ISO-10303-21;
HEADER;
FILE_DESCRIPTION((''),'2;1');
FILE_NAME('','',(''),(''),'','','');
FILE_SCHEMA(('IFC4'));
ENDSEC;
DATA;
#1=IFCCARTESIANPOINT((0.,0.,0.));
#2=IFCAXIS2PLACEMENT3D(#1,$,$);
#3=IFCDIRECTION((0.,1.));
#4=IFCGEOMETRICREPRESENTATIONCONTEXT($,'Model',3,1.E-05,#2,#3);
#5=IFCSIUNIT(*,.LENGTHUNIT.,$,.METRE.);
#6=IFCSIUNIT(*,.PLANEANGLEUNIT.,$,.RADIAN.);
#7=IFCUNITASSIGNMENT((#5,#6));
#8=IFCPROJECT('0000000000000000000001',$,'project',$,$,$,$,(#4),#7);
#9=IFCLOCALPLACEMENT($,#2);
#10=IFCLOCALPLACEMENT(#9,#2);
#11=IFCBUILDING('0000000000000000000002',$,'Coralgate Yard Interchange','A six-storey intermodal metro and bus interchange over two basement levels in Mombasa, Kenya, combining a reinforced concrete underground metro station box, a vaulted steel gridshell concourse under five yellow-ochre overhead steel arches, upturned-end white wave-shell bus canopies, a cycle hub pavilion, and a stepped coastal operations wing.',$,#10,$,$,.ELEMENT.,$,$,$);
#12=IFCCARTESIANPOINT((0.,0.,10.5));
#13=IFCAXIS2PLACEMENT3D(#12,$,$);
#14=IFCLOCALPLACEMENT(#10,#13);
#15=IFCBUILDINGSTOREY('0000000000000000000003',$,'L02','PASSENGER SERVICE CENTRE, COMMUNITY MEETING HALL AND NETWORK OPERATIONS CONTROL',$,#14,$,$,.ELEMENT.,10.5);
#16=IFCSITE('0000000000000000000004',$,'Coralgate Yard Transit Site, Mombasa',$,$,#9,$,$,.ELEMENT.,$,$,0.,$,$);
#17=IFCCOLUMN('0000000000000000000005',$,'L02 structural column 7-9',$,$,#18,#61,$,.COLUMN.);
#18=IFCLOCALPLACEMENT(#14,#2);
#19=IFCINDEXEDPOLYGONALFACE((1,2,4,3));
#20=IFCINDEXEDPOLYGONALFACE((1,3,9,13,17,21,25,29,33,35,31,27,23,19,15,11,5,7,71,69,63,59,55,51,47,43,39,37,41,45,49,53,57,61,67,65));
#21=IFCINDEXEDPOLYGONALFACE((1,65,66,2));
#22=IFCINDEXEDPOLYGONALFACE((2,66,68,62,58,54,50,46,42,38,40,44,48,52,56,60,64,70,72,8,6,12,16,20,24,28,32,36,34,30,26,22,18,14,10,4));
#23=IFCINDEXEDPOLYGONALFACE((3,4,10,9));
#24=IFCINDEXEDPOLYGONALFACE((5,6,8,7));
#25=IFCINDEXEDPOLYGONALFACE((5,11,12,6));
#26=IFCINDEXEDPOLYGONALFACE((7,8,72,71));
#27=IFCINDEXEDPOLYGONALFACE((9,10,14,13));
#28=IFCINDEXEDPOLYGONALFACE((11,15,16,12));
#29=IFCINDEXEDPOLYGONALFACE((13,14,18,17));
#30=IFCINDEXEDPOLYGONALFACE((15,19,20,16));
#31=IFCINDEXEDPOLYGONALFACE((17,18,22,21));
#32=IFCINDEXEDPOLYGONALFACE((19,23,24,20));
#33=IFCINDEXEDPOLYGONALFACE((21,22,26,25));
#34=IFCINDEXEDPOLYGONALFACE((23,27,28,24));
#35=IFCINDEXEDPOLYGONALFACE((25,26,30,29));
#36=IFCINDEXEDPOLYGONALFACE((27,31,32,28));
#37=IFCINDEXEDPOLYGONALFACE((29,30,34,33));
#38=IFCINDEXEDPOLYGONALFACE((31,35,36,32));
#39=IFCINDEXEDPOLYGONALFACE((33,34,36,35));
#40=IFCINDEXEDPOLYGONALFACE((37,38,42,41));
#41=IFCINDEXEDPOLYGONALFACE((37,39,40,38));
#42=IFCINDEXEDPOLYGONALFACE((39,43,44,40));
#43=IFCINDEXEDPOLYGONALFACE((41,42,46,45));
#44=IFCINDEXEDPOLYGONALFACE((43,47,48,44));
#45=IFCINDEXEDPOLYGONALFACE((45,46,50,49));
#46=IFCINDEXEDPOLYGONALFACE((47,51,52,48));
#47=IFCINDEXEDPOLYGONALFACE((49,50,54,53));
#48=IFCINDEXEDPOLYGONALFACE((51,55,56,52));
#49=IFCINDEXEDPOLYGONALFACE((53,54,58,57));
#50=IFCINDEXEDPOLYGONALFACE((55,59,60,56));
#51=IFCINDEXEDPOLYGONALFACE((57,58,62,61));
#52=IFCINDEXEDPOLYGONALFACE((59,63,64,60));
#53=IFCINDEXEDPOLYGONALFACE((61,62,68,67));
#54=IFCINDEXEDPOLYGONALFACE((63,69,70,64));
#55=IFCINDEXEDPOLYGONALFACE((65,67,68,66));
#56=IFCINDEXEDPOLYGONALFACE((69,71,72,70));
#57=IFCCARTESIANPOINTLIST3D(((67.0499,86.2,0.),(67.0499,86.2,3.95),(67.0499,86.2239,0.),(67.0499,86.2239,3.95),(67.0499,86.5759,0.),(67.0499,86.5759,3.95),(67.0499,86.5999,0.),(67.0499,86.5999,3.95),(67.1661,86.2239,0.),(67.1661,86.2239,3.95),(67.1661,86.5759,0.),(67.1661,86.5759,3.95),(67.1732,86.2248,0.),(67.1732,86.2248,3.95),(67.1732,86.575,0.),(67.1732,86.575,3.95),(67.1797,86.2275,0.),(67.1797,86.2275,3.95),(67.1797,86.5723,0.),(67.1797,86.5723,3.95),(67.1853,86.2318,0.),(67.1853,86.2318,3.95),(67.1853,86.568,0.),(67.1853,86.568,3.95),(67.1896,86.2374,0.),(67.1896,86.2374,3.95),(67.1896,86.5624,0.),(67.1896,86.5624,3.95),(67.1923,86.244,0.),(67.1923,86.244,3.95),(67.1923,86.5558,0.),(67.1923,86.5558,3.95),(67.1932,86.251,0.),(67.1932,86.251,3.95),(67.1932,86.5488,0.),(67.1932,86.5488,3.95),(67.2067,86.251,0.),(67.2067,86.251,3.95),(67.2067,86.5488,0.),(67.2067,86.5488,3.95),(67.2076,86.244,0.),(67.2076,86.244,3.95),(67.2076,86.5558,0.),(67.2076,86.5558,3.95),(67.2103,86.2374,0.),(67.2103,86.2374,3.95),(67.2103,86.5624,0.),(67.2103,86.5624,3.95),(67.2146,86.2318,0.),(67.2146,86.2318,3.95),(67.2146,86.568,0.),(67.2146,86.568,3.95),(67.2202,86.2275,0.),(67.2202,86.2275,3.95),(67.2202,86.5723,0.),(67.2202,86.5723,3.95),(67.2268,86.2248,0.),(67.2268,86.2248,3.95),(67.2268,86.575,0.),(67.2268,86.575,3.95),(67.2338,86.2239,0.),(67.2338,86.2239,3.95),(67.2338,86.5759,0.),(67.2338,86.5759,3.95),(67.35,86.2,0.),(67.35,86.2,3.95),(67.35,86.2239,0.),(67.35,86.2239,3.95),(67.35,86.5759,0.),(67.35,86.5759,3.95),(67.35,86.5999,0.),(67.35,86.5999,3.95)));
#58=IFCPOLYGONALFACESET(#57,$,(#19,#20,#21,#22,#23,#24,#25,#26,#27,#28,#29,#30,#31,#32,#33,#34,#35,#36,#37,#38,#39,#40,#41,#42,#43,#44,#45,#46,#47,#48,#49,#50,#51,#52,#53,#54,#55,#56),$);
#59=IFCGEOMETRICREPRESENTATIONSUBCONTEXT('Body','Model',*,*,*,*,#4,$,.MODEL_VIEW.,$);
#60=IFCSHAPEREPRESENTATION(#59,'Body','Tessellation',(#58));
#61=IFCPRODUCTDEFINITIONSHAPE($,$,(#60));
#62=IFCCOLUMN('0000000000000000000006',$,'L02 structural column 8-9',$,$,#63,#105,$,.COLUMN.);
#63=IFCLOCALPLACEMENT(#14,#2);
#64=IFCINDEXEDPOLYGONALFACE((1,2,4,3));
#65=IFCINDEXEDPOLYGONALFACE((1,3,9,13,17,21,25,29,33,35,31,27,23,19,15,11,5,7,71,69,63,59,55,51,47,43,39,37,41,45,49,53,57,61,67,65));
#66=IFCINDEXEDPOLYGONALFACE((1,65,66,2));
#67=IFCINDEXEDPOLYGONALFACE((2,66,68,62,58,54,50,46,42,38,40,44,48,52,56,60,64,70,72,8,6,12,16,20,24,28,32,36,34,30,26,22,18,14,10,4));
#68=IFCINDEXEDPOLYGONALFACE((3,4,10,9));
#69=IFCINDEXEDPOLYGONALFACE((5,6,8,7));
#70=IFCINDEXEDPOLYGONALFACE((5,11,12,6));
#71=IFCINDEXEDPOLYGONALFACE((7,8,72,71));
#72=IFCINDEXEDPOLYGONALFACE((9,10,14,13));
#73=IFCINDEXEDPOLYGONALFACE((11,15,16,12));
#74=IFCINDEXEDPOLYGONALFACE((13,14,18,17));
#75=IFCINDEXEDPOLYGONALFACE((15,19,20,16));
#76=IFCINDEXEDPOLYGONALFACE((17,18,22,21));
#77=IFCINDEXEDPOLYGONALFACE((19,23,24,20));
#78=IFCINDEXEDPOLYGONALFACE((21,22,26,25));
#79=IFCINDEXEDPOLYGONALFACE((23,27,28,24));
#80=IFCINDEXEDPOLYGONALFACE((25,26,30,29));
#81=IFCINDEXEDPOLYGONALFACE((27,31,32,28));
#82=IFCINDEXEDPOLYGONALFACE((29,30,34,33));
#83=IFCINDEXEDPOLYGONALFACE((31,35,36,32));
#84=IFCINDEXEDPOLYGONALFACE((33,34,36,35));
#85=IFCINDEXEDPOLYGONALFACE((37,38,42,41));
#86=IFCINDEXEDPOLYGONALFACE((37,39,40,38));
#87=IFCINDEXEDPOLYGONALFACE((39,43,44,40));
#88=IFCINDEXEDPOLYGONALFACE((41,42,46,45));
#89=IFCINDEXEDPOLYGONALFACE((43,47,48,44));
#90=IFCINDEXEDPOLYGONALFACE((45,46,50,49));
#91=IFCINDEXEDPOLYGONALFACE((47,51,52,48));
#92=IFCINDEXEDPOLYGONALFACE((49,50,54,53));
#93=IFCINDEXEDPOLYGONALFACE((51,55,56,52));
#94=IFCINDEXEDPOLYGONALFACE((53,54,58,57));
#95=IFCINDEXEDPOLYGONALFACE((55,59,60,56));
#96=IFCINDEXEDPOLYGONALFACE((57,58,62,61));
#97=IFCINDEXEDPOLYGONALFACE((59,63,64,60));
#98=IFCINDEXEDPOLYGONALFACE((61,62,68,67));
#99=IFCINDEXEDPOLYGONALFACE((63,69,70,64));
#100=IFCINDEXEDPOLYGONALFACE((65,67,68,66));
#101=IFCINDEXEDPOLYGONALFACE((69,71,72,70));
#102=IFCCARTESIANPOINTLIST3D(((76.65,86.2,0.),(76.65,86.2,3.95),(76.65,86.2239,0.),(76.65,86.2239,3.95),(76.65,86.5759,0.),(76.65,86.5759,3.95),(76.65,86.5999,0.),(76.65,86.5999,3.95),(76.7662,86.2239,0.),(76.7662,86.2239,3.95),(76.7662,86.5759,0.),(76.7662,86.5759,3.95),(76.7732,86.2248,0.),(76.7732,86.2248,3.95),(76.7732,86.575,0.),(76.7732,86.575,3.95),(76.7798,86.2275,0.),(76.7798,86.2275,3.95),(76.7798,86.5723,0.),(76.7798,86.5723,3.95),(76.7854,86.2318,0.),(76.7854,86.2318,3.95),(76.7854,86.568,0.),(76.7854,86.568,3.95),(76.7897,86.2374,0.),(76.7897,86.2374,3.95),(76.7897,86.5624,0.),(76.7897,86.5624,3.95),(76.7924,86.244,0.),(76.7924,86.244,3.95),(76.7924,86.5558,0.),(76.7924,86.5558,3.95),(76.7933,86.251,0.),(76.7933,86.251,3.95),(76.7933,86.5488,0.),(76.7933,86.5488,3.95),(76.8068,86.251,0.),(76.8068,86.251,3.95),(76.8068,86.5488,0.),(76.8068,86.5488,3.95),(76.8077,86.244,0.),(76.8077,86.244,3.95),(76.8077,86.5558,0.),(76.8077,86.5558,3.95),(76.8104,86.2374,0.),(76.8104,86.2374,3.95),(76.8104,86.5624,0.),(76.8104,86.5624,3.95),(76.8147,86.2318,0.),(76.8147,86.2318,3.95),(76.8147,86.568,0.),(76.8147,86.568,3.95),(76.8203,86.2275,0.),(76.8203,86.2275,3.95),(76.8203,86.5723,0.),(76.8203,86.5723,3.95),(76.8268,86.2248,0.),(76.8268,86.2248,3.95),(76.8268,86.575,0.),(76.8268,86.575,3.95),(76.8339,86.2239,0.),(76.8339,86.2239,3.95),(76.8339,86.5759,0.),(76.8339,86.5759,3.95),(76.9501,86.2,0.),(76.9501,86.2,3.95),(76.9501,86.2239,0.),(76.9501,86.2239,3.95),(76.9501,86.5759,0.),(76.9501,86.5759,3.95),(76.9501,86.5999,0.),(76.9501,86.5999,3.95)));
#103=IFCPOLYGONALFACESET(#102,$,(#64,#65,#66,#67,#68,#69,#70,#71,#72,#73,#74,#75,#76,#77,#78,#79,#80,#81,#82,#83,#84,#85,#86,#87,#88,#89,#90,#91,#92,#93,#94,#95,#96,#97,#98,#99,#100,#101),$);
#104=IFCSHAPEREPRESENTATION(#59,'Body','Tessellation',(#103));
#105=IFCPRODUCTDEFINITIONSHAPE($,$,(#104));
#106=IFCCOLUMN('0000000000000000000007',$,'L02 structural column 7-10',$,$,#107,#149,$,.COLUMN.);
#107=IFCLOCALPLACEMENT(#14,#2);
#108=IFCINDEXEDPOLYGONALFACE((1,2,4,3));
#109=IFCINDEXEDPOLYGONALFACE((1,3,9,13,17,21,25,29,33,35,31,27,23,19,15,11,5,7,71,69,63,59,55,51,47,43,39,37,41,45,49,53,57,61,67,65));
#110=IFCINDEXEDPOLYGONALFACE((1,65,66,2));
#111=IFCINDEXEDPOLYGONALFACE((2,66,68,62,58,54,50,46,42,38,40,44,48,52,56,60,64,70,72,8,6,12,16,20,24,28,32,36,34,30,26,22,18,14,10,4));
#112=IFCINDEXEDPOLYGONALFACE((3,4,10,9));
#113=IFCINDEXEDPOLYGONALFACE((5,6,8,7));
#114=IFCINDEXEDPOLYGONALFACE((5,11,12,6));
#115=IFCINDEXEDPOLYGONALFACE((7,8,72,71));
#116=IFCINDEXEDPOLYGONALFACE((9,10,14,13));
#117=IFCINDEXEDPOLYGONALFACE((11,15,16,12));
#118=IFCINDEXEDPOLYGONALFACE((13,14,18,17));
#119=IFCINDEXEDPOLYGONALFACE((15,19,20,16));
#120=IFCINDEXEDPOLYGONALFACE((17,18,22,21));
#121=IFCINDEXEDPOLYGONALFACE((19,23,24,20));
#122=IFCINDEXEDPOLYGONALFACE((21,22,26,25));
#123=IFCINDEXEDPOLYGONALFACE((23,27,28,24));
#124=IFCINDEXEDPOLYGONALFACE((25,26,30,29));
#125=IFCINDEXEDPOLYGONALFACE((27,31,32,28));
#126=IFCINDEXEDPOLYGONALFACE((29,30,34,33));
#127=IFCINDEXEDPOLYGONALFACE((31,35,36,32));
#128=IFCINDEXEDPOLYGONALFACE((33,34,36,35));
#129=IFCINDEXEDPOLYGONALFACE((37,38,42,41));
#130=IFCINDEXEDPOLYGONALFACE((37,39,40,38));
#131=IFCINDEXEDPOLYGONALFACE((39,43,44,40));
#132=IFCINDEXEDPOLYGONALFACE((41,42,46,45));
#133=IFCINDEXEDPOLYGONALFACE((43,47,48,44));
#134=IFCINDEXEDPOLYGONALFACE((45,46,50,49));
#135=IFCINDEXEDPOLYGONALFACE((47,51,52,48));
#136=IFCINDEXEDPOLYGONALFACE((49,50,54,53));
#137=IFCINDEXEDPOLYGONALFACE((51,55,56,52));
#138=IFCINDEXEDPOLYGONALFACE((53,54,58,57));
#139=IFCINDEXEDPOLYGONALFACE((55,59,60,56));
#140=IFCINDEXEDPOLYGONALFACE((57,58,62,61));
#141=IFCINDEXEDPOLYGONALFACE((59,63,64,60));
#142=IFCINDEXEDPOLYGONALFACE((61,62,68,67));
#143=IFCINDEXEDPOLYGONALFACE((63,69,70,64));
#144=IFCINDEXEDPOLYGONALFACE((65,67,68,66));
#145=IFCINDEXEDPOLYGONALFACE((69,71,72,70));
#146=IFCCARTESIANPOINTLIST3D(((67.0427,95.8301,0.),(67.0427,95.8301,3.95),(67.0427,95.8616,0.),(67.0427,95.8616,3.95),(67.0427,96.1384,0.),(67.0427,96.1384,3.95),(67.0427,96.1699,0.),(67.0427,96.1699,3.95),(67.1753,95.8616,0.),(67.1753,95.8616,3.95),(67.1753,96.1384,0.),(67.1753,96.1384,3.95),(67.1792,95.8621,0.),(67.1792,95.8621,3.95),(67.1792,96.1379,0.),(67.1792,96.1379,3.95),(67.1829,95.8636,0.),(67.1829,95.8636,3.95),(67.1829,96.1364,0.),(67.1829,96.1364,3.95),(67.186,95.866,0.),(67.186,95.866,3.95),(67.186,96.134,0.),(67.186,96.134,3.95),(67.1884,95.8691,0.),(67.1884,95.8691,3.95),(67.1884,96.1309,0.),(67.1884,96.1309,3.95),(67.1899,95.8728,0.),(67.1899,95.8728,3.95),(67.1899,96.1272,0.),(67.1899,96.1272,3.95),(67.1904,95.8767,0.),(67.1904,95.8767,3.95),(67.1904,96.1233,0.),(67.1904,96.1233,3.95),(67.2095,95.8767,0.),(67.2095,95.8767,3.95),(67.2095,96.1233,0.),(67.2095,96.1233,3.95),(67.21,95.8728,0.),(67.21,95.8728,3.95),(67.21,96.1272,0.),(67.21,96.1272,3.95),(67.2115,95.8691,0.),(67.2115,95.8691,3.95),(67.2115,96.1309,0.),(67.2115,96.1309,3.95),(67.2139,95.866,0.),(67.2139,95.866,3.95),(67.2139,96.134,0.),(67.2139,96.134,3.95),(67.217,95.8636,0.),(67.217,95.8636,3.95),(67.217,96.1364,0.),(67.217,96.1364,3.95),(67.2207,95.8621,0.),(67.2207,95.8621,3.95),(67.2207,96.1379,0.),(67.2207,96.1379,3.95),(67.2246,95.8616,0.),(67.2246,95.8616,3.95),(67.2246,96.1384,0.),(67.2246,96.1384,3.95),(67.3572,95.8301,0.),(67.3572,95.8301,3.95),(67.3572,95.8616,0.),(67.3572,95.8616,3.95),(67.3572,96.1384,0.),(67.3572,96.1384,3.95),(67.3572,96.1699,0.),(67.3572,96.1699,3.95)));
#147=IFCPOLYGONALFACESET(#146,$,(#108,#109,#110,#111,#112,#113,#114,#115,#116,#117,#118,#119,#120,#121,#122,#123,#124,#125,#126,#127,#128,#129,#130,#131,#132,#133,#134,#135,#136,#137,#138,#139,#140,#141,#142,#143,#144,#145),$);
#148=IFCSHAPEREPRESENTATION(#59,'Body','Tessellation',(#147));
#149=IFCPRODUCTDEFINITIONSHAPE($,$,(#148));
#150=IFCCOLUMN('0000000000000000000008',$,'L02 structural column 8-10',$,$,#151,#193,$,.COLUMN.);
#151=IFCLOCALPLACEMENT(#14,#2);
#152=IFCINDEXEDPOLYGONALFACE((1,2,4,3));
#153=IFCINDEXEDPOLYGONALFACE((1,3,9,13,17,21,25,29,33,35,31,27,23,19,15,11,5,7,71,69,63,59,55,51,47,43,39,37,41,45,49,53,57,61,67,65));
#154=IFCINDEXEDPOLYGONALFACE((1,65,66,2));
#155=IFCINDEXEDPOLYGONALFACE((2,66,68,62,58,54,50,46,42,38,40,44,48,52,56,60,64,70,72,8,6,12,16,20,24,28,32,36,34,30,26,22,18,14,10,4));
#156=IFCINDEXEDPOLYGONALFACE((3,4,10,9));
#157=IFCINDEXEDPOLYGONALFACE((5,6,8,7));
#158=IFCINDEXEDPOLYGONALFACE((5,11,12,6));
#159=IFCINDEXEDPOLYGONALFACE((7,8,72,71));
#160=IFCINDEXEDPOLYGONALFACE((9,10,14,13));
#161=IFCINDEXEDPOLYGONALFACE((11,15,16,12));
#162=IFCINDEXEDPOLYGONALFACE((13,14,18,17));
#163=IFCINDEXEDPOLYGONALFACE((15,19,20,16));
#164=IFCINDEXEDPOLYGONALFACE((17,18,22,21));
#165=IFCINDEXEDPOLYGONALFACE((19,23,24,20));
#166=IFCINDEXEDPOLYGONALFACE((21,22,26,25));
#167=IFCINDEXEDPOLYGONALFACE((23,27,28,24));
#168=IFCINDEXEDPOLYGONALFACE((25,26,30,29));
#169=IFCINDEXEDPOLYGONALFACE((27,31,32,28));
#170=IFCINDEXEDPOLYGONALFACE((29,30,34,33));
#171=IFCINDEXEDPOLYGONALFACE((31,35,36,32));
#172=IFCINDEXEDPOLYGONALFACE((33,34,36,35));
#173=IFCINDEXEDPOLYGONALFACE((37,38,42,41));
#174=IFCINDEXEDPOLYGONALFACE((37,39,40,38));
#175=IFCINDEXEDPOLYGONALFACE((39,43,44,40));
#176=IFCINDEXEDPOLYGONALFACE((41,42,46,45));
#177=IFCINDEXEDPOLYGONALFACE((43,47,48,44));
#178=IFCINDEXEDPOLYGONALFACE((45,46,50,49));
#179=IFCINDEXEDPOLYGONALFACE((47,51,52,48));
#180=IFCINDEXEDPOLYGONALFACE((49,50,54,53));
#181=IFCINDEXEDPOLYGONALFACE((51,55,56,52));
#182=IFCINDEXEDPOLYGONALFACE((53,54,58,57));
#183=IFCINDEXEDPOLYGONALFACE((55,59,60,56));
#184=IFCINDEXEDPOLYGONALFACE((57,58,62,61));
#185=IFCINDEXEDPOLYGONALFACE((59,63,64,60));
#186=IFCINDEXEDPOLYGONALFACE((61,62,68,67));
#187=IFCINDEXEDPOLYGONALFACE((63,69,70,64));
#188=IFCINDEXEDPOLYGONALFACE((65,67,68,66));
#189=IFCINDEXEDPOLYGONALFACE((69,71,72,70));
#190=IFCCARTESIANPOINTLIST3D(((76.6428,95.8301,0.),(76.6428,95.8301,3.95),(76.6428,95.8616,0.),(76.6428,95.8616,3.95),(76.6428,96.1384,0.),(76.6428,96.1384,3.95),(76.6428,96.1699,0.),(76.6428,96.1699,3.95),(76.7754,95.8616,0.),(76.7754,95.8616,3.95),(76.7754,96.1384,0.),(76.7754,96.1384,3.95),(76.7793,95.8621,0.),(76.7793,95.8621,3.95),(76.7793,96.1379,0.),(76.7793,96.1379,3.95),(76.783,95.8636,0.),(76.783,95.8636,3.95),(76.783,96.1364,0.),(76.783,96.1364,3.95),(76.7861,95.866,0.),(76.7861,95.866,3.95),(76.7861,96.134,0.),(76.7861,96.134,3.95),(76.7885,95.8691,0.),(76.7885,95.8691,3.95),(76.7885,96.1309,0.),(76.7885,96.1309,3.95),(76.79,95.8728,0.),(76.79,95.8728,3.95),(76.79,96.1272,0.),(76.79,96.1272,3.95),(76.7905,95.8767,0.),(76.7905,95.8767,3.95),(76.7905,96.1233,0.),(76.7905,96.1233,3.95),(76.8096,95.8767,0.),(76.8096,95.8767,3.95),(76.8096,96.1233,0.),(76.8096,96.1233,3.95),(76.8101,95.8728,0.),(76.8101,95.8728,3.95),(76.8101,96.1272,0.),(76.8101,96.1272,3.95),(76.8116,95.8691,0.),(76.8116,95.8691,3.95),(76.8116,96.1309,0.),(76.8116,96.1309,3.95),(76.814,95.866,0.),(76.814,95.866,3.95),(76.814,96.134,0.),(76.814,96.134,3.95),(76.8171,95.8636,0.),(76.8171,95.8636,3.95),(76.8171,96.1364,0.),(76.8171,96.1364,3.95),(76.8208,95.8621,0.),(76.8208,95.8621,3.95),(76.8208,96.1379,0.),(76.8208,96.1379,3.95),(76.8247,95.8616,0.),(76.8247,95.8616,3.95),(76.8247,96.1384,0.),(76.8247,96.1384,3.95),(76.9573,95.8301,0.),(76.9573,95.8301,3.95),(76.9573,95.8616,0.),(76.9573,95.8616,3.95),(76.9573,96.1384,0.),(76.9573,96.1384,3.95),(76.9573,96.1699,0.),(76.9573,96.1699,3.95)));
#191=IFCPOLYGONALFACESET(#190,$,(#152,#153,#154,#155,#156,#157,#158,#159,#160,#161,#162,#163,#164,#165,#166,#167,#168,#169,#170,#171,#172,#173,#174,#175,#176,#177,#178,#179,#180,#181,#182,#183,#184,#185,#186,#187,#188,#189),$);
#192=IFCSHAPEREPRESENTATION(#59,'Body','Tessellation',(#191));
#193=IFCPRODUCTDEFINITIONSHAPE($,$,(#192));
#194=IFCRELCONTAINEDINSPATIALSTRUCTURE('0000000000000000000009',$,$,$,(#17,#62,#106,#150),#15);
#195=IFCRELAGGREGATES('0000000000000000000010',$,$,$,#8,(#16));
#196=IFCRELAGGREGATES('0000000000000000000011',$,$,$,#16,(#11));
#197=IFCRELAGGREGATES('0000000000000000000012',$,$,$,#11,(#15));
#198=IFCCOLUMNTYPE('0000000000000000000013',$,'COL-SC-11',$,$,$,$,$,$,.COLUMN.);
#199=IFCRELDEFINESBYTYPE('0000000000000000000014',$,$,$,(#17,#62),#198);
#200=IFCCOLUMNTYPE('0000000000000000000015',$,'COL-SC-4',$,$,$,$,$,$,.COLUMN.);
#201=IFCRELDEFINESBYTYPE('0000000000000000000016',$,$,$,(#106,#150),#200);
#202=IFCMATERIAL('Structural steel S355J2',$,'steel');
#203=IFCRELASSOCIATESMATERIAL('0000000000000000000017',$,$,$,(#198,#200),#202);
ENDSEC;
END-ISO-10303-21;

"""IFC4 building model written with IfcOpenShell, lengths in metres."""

from ifc_helpers import new_model, si_unit, direction, frame, origin, origin_2d, place, context, subcontext, project, spatial, i_section, extrude, material, material_profile, profile_set, type_object, element, save


model = new_model("IFC4")

# Units and contexts
model_context = context("Model", 3, precision=1e-05, world=origin(), true_north=direction((0.0, 1.0)))
body_context = subcontext(model_context, "Body", "Model", "MODEL_VIEW")
ifc_project = project(units=[si_unit("LENGTHUNIT", "METRE"), si_unit("PLANEANGLEUNIT", "RADIAN")], contexts=[model_context])

# Site, building, storey
site_placement = place(None, origin())
site = spatial("IfcSite", under=ifc_project, at=site_placement, Name="Coralgate Yard Transit Site, Mombasa", CompositionType="ELEMENT", RefElevation=0.0)
building_placement = place(site_placement, origin())
building = spatial("IfcBuilding", under=site, at=building_placement, Name="Coralgate Yard Interchange", Description="A six-storey intermodal metro and bus interchange over two basement levels in Mombasa, Kenya, combining a reinforced concrete underground metro station box, a vaulted steel gridshell concourse under five yellow-ochre overhead steel arches, upturned-end white wave-shell bus canopies, a cycle hub pavilion, and a stepped coastal operations wing.", CompositionType="ELEMENT")
storey_placement = place(building_placement, frame((0.0, 0.0, 10.5)))
storey = spatial("IfcBuildingStorey", under=building, at=storey_placement, Name="L02", Description="PASSENGER SERVICE CENTRE, COMMUNITY MEETING HALL AND NETWORK OPERATIONS CONTROL", CompositionType="ELEMENT", Elevation=10.5)

# Columns
ifc_material_1 = material(Name="Structural steel S355J2", Category="steel")
ifc_material_profile_1 = material_profile(ifc_material_1, i_section(OverallWidth=0.3, OverallDepth=0.3999, WebThickness=0.0134, FlangeThickness=0.0239, FilletRadius=0.0271, at=origin_2d()), Name="HEB 400")
ifc_profile_set_1 = profile_set([ifc_material_profile_1], Name="Structural steel S355J2")
column_type_1 = type_object("IfcColumnType", Name="COL-SC-11", PredefinedType="COLUMN", material=ifc_profile_set_1)
for number, where, z_axis, x_axis, name in (
    (1, (67.2, 86.3999, 0.0), (0.0, 0.0, 1.0), (1.0, 0.0, 0.0), "L02 structural column 7-9"),
    (2, (76.8, 86.3999, 0.0), (0.0, 0.0, 1.0), (1.0, 0.0, 0.0), "L02 structural column 8-9"),
):
    element("IfcColumn", number, at=place(storey_placement, frame(where, z_axis=z_axis, x_axis=x_axis)), inside=storey, type_object=column_type_1, Name=name, PredefinedType="COLUMN", context=body_context, shape_type="SweptSolid", body=[
        extrude(i_section(OverallWidth=0.3, OverallDepth=0.3999, WebThickness=0.0134, FlangeThickness=0.0239, FilletRadius=0.0271, at=origin_2d()), origin(), (0.0, 0.0, 1.0), 3.95),
    ])
ifc_material_profile_2 = material_profile(ifc_material_1, i_section(OverallWidth=0.3145, OverallDepth=0.3398, WebThickness=0.019, FlangeThickness=0.0315, FilletRadius=0.0151, at=origin_2d()), Name="UC 305x305x198")
ifc_profile_set_2 = profile_set([ifc_material_profile_2], Name="Structural steel S355J2")
column_type_2 = type_object("IfcColumnType", Name="COL-SC-4", PredefinedType="COLUMN", material=ifc_profile_set_2)
for number, where, z_axis, x_axis, name in (
    (3, (67.2, 96.0, 0.0), (0.0, 0.0, 1.0), (1.0, 0.0, 0.0), "L02 structural column 7-10"),
    (4, (76.8, 96.0, 0.0), (0.0, 0.0, 1.0), (1.0, 0.0, 0.0), "L02 structural column 8-10"),
):
    element("IfcColumn", number, at=place(storey_placement, frame(where, z_axis=z_axis, x_axis=x_axis)), inside=storey, type_object=column_type_2, Name=name, PredefinedType="COLUMN", context=body_context, shape_type="SweptSolid", body=[
        extrude(i_section(OverallWidth=0.3145, OverallDepth=0.3398, WebThickness=0.019, FlangeThickness=0.0315, FilletRadius=0.0151, at=origin_2d()), origin(), (0.0, 0.0, 1.0), 3.95),
    ])

save(model, "model.ifc")
